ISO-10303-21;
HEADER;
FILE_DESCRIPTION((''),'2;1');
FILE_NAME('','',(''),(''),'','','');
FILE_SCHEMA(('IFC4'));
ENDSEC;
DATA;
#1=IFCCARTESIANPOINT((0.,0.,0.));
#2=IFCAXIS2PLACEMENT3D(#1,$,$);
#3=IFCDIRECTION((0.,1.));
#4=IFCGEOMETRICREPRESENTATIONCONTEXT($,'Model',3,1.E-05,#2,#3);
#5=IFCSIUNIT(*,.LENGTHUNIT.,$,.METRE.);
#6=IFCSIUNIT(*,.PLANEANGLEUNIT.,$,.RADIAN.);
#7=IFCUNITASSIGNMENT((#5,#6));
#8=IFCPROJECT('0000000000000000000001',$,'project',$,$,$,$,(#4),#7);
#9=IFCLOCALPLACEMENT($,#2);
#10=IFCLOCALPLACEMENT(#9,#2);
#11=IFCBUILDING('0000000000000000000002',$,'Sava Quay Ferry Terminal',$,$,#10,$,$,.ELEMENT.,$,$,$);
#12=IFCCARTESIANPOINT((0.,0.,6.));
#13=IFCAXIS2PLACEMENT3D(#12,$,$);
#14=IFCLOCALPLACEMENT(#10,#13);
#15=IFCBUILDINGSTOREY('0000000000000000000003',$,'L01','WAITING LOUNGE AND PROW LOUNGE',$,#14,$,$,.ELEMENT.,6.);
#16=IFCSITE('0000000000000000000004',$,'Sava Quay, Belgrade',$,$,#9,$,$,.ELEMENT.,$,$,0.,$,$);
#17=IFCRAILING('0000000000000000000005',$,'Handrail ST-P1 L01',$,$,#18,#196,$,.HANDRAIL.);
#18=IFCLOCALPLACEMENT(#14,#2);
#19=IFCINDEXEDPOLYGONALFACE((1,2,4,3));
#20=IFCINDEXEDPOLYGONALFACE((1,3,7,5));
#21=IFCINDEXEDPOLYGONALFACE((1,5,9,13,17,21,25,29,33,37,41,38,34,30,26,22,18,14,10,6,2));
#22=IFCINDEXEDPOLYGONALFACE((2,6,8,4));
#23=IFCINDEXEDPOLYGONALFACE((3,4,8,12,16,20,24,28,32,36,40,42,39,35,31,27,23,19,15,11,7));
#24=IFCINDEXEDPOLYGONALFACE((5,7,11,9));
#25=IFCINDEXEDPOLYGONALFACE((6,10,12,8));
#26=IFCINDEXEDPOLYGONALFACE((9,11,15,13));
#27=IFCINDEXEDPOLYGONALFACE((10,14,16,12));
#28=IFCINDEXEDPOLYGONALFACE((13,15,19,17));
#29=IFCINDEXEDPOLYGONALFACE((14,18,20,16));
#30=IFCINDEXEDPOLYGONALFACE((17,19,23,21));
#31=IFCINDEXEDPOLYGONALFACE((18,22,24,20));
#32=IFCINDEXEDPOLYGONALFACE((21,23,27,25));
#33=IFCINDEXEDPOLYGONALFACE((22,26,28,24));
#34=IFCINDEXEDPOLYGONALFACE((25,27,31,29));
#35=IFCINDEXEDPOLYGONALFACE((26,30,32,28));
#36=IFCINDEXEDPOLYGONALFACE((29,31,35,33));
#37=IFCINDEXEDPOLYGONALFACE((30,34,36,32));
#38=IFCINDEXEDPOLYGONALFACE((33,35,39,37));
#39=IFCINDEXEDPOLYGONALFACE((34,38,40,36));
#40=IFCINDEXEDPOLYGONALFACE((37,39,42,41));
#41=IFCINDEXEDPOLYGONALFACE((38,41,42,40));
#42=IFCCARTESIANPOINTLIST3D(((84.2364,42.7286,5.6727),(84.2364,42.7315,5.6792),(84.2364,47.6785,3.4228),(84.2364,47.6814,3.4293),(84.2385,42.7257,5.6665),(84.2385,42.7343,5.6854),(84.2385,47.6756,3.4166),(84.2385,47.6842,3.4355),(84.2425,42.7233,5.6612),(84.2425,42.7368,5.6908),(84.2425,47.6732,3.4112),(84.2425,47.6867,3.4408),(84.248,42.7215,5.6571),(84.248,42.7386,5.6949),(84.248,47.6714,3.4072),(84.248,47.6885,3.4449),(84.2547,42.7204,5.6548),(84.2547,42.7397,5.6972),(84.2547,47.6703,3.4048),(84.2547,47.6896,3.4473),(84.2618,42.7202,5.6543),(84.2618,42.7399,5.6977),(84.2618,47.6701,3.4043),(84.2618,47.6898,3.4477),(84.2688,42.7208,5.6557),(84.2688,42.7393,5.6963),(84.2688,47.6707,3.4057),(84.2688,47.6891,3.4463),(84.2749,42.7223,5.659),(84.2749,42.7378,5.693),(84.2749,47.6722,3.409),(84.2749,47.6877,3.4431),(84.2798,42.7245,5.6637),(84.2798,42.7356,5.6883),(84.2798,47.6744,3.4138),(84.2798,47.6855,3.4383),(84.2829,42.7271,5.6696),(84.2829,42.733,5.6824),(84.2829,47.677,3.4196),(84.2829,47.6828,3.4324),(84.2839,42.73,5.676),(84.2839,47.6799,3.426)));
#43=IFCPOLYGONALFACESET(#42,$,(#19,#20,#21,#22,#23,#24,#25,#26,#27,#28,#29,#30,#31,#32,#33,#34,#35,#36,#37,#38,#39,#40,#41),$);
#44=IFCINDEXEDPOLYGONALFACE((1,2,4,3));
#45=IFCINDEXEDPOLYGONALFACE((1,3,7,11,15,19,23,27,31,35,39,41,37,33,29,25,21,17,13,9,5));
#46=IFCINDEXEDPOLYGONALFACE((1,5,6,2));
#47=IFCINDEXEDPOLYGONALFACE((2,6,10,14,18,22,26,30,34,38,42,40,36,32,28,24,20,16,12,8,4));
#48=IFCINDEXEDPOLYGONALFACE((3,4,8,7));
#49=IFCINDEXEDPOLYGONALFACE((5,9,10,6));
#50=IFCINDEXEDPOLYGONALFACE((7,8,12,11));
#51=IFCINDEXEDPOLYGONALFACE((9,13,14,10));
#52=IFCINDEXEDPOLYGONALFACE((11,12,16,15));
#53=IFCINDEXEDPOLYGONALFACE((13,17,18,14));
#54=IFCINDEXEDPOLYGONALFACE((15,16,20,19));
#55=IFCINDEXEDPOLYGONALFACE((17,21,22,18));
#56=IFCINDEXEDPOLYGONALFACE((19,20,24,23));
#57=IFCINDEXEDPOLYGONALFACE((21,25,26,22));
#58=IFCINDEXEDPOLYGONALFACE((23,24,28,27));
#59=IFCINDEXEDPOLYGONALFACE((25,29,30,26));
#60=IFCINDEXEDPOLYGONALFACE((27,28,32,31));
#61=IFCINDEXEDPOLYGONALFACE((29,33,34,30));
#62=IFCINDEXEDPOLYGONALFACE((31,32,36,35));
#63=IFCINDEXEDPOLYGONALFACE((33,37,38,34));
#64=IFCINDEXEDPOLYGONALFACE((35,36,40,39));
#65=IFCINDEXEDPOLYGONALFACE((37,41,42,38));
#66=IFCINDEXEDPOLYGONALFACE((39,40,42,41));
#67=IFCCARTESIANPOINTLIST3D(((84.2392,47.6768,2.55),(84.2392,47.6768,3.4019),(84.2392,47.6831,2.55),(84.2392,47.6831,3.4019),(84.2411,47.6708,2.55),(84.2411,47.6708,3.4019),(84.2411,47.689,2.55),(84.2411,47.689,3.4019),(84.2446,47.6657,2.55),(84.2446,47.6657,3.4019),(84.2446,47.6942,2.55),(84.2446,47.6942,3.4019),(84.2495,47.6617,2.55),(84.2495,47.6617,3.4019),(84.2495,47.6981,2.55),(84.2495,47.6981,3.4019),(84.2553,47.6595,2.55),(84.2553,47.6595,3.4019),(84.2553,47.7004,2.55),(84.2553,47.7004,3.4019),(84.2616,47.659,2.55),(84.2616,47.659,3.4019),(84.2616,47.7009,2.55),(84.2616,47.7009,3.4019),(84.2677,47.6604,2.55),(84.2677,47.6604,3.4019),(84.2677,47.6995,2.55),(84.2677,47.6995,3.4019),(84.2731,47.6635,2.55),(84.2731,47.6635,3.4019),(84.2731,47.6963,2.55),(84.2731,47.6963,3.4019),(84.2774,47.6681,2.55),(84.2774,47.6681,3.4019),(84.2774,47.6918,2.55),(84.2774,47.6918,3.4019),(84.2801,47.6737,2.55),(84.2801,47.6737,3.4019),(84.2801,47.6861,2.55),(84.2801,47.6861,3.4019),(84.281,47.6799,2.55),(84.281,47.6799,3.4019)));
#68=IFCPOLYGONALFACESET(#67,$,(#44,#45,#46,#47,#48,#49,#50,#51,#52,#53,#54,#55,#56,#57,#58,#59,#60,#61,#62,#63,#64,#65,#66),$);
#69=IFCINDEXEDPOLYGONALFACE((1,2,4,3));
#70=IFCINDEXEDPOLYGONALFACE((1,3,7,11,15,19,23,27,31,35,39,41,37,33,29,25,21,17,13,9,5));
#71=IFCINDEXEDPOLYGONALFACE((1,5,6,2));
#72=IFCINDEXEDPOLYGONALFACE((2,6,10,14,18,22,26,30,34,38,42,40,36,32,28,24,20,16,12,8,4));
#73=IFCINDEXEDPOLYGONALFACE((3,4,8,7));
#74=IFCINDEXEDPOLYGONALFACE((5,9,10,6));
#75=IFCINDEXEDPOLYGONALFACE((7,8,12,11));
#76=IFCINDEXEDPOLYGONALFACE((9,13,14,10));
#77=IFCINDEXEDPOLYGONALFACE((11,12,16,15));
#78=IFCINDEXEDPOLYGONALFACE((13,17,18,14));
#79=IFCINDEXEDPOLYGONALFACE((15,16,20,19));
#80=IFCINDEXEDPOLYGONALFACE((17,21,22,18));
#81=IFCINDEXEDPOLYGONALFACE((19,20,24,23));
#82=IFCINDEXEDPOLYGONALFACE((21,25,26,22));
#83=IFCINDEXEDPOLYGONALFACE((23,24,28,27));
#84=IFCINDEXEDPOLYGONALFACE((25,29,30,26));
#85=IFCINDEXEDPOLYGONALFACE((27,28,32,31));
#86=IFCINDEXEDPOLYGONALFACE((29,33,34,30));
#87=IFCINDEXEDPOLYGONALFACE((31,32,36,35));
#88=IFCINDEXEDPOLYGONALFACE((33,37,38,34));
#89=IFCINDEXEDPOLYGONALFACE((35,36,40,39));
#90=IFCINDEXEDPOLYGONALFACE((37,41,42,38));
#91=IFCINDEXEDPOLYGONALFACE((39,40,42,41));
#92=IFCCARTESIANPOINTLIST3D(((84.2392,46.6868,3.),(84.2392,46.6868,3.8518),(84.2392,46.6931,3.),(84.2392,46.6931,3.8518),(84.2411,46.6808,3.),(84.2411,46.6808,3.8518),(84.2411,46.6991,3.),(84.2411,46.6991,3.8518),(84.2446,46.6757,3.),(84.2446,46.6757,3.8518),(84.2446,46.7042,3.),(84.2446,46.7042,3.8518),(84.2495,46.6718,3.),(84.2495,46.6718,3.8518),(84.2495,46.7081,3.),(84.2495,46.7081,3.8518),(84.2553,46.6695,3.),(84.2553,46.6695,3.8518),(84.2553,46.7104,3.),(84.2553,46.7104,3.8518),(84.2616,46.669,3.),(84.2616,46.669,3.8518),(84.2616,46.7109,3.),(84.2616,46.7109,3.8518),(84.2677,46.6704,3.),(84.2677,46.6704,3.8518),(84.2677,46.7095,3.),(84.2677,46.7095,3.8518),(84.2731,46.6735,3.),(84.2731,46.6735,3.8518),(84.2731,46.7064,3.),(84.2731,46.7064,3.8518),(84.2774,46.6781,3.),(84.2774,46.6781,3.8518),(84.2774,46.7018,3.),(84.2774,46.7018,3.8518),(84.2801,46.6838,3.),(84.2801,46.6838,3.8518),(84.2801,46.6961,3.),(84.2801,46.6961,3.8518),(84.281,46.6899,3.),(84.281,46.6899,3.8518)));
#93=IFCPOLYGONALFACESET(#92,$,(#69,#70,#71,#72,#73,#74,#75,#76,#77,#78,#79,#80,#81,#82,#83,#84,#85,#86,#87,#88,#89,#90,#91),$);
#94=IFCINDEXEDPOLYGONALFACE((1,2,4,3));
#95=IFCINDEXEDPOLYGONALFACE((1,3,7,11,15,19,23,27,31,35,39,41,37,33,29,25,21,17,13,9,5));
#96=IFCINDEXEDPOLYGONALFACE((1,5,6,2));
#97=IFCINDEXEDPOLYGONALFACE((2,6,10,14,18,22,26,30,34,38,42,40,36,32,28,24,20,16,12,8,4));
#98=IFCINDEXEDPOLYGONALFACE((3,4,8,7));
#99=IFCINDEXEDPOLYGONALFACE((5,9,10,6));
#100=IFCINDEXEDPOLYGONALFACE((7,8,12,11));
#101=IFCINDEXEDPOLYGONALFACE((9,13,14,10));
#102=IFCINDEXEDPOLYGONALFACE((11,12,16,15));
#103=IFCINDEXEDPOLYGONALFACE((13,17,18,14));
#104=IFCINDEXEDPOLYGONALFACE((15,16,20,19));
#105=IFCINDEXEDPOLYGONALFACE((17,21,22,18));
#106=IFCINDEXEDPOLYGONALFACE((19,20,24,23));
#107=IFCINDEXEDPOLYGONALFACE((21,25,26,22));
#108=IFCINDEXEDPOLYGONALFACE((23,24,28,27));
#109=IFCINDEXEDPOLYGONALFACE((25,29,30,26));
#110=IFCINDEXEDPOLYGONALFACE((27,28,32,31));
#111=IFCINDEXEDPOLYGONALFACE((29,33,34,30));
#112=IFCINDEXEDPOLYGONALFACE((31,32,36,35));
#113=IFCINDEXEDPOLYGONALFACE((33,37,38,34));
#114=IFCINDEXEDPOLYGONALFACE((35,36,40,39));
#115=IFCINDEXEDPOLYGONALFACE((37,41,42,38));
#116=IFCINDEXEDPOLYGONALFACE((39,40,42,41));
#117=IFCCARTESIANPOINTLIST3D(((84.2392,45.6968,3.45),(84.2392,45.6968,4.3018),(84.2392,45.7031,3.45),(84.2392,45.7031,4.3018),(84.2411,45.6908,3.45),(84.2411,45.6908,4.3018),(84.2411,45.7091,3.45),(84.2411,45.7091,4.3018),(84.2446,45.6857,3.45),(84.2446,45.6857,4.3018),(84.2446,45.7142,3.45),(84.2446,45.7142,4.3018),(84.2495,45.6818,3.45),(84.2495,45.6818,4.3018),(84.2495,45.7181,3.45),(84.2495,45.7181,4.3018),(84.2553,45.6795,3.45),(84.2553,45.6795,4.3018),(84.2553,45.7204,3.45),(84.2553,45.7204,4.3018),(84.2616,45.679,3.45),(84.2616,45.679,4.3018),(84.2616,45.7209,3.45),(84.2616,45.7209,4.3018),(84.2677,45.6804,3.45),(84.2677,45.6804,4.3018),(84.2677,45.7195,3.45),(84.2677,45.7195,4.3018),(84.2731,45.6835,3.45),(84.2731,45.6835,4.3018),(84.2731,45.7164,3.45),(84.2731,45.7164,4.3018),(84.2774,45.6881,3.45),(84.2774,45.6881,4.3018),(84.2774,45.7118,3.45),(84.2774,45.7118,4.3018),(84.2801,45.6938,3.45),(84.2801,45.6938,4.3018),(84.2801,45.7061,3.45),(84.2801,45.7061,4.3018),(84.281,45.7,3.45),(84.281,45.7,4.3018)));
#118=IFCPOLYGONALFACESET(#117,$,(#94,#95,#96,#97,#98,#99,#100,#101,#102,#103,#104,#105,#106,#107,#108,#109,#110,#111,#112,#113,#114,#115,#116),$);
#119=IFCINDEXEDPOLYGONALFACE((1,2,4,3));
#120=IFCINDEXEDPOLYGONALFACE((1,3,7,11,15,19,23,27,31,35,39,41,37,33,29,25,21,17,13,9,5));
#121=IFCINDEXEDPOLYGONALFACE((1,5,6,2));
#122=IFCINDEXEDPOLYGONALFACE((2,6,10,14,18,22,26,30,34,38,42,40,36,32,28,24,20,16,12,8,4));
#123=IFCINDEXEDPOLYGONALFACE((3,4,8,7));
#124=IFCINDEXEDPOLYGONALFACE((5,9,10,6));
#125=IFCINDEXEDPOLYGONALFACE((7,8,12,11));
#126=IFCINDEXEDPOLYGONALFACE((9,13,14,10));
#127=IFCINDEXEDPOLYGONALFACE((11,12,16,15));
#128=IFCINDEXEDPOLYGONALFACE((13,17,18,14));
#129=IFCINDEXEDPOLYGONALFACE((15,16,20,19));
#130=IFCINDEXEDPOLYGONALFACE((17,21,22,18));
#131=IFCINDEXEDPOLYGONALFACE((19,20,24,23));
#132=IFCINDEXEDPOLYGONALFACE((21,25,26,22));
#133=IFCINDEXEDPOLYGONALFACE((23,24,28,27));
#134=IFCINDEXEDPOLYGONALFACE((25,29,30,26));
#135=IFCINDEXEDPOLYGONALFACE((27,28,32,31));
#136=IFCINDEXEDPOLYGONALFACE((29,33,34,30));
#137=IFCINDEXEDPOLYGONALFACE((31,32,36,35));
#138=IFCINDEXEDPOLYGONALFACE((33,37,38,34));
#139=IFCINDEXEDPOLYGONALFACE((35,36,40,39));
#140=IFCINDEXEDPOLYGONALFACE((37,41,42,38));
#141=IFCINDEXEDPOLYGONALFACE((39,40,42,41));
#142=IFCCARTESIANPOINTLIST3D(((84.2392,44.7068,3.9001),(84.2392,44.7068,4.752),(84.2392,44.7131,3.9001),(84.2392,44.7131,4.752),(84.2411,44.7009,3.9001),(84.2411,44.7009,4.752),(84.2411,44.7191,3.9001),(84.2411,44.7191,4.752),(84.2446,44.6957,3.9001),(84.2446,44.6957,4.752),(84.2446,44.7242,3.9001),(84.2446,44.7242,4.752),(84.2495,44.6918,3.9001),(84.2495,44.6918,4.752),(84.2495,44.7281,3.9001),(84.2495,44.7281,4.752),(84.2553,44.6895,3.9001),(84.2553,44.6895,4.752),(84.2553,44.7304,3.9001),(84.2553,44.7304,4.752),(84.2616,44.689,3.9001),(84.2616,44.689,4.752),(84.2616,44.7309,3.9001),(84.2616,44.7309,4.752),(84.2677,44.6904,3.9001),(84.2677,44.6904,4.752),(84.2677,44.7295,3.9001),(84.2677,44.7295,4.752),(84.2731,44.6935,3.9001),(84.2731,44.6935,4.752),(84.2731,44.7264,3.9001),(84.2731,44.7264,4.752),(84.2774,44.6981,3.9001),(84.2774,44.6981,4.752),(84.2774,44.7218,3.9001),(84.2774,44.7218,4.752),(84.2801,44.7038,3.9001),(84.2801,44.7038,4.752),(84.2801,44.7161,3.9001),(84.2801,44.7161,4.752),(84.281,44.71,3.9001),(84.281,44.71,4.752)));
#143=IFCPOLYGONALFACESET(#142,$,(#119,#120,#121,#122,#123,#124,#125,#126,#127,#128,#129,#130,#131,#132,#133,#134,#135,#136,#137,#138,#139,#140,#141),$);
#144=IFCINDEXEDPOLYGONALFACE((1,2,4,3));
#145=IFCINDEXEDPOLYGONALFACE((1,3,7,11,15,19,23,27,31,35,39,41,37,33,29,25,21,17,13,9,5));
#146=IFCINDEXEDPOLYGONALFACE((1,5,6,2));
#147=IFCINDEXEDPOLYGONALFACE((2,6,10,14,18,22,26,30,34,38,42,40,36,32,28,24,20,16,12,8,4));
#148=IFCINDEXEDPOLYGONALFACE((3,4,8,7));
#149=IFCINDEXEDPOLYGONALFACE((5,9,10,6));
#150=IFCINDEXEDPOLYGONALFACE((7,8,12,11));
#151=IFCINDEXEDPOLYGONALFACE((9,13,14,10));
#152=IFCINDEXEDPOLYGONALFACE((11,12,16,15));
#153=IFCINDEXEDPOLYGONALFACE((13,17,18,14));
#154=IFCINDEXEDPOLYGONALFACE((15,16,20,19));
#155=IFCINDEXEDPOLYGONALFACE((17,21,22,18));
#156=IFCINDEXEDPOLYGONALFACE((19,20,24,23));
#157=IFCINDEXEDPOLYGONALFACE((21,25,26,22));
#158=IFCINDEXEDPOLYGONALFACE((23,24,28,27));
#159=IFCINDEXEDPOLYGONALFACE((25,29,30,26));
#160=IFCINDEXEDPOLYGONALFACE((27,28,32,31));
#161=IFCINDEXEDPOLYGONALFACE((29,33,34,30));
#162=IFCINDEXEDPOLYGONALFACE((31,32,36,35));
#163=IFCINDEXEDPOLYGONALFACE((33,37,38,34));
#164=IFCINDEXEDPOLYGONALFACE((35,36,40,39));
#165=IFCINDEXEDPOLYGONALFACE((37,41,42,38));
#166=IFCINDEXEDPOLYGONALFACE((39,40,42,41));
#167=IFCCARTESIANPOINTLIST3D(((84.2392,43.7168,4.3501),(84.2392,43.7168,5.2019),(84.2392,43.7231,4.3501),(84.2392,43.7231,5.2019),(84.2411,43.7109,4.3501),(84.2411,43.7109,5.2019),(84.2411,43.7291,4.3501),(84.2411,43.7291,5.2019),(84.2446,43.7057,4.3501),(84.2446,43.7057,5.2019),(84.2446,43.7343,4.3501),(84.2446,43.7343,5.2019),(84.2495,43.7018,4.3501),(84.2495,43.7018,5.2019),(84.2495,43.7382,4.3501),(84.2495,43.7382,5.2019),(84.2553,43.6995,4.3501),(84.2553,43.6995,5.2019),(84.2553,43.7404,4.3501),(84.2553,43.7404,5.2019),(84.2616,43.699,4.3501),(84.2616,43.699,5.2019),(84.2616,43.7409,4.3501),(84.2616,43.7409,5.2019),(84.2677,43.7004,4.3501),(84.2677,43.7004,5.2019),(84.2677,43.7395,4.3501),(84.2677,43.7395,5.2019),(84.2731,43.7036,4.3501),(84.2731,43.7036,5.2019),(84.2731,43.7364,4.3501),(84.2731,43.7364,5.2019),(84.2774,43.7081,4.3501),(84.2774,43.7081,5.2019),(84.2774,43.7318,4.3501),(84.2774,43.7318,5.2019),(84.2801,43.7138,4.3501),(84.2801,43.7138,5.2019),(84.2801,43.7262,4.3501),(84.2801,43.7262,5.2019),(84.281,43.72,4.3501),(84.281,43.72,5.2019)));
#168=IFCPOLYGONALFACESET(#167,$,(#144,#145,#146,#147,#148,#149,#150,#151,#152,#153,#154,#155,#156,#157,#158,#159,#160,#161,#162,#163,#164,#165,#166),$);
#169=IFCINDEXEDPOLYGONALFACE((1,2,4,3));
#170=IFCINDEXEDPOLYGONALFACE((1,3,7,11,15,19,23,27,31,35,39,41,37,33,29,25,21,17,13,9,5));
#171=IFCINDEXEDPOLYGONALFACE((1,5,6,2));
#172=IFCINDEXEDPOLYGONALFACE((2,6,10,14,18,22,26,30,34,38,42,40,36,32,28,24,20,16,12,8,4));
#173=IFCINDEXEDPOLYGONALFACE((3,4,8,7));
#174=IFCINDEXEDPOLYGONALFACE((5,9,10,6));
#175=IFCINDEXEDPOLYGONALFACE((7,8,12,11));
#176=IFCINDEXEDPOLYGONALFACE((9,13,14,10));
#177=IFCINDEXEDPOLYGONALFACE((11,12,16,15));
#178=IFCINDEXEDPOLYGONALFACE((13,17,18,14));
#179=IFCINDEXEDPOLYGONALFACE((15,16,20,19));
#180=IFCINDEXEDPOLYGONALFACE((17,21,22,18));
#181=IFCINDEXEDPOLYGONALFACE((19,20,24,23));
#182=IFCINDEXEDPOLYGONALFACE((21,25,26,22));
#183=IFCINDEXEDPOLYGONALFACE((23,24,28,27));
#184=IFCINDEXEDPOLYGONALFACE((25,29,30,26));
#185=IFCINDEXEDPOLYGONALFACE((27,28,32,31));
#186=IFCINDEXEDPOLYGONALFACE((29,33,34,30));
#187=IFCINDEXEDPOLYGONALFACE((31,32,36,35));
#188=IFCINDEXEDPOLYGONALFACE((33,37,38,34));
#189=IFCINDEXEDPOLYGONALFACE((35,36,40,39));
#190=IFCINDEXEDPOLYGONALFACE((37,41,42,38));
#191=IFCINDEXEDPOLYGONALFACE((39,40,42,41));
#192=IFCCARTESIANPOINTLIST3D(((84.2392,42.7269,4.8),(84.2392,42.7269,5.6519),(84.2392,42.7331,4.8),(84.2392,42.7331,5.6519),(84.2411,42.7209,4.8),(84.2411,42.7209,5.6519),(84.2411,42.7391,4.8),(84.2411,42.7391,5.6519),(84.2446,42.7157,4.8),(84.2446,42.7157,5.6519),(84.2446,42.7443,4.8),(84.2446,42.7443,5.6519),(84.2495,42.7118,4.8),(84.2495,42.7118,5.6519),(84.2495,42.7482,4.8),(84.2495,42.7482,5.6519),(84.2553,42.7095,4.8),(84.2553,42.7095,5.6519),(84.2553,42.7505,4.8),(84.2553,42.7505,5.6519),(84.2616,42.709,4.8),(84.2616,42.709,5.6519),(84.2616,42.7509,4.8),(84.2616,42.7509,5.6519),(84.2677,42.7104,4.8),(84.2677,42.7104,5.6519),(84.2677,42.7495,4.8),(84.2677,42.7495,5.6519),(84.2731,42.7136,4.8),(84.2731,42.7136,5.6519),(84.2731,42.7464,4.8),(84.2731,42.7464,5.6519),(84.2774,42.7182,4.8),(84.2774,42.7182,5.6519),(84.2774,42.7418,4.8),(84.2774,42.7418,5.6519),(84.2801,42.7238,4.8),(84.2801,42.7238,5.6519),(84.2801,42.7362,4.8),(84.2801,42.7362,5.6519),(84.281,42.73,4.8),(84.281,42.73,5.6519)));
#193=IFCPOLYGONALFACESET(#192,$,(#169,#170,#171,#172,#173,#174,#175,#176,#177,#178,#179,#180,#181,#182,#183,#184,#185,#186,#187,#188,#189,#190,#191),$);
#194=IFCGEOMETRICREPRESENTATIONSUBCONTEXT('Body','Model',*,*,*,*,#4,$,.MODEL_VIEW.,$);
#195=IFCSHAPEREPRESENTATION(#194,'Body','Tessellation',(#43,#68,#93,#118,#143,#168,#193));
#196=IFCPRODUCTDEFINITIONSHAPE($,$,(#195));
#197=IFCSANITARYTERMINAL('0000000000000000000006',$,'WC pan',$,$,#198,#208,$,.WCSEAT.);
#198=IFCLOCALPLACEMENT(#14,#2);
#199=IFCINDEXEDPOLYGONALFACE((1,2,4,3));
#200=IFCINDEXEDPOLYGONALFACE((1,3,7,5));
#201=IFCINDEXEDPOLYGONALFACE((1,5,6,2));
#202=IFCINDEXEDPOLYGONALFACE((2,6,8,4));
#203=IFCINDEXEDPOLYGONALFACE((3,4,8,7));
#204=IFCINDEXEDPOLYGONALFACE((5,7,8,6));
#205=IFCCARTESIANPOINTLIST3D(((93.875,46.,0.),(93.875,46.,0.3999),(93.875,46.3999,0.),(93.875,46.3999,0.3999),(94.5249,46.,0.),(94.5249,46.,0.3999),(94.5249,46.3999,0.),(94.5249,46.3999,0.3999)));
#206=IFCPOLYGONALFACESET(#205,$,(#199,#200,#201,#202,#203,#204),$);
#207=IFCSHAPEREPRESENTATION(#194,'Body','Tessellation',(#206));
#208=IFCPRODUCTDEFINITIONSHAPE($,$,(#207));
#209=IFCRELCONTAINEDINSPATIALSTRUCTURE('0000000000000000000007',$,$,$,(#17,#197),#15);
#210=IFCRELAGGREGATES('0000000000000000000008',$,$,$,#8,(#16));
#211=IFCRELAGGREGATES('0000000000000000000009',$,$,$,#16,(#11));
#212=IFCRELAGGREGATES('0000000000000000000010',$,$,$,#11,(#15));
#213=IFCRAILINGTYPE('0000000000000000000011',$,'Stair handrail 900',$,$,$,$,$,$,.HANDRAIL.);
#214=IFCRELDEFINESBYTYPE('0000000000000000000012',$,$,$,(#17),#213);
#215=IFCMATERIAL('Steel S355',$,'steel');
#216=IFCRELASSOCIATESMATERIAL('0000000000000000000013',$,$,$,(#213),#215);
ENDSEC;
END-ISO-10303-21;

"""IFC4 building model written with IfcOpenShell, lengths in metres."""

from ifc_helpers import new_model, si_unit, direction, frame, origin, origin_2d, place, context, subcontext, project, spatial, rectangle, circle, extrude, material, type_object, element, save


model = new_model("IFC4")

# Units and contexts
model_context = context("Model", 3, precision=1e-05, world=origin(), true_north=direction((0.0, 1.0)))
body_context = subcontext(model_context, "Body", "Model", "MODEL_VIEW")
ifc_project = project(units=[si_unit("LENGTHUNIT", "METRE"), si_unit("PLANEANGLEUNIT", "RADIAN")], contexts=[model_context])

# Site, building, storey
site_placement = place(None, origin())
site = spatial("IfcSite", under=ifc_project, at=site_placement, Name="Sava Quay, Belgrade", CompositionType="ELEMENT", RefElevation=0.0)
building_placement = place(site_placement, origin())
building = spatial("IfcBuilding", under=site, at=building_placement, Name="Sava Quay Ferry Terminal", CompositionType="ELEMENT")
storey_placement = place(building_placement, frame((0.0, 0.0, 6.0)))
storey = spatial("IfcBuildingStorey", under=building, at=storey_placement, Name="L01", Description="WAITING LOUNGE AND PROW LOUNGE", CompositionType="ELEMENT", Elevation=6.0)

# Railing
ifc_material_1 = material(Name="Steel S355", Category="steel")
railing_type_1 = type_object("IfcRailingType", Name="Stair handrail 900", PredefinedType="HANDRAIL", material=ifc_material_1)
railing_1_placement = place(storey_placement, frame((84.26, 47.6799, 2.55)))
element("IfcRailing", 1, at=railing_1_placement, inside=storey, type_object=railing_type_1, Name="Handrail ST-P1 L01", PredefinedType="HANDRAIL", context=body_context, shape_type="SweptSolid", body=[
    extrude(circle(Radius=0.0239, at=origin_2d()), frame((0.0, 0.0, 0.876), z_axis=(0.0, -0.910365, 0.413806), x_axis=(1.0, 0.0, 0.0)), (0.0, 0.0, 1.0), 5.4373),
    extrude(circle(Radius=0.021, at=origin_2d()), origin(), (0.0, 0.0, 1.0), 0.8518),
    extrude(circle(Radius=0.021, at=origin_2d()), frame((0.0, -0.99, 0.45)), (0.0, 0.0, 1.0), 0.8518),
    extrude(circle(Radius=0.021, at=origin_2d()), frame((0.0, -1.98, 0.8999)), (0.0, 0.0, 1.0), 0.8518),
    extrude(circle(Radius=0.021, at=origin_2d()), frame((0.0, -2.97, 1.3501)), (0.0, 0.0, 1.0), 0.8518),
    extrude(circle(Radius=0.021, at=origin_2d()), frame((0.0, -3.96, 1.8)), (0.0, 0.0, 1.0), 0.8518),
    extrude(circle(Radius=0.021, at=origin_2d()), frame((0.0, -4.95, 2.25)), (0.0, 0.0, 1.0), 0.8518),
])

# Sanitary terminal
sanitary_terminal_placement = place(storey_placement, frame((94.2, 46.2, 0.0), z_axis=(0.0, 0.0, 1.0), x_axis=(1.0, 0.0, 0.0)))
element("IfcSanitaryTerminal", 2, at=sanitary_terminal_placement, inside=storey, Name="WC pan", PredefinedType="WCSEAT", context=body_context, shape_type="SweptSolid", body=[
    extrude(rectangle(XDim=0.6499, YDim=0.3999, at=origin_2d()), origin(), (0.0, 0.0, 1.0), 0.3999),
])

save(model, "model.ifc")
